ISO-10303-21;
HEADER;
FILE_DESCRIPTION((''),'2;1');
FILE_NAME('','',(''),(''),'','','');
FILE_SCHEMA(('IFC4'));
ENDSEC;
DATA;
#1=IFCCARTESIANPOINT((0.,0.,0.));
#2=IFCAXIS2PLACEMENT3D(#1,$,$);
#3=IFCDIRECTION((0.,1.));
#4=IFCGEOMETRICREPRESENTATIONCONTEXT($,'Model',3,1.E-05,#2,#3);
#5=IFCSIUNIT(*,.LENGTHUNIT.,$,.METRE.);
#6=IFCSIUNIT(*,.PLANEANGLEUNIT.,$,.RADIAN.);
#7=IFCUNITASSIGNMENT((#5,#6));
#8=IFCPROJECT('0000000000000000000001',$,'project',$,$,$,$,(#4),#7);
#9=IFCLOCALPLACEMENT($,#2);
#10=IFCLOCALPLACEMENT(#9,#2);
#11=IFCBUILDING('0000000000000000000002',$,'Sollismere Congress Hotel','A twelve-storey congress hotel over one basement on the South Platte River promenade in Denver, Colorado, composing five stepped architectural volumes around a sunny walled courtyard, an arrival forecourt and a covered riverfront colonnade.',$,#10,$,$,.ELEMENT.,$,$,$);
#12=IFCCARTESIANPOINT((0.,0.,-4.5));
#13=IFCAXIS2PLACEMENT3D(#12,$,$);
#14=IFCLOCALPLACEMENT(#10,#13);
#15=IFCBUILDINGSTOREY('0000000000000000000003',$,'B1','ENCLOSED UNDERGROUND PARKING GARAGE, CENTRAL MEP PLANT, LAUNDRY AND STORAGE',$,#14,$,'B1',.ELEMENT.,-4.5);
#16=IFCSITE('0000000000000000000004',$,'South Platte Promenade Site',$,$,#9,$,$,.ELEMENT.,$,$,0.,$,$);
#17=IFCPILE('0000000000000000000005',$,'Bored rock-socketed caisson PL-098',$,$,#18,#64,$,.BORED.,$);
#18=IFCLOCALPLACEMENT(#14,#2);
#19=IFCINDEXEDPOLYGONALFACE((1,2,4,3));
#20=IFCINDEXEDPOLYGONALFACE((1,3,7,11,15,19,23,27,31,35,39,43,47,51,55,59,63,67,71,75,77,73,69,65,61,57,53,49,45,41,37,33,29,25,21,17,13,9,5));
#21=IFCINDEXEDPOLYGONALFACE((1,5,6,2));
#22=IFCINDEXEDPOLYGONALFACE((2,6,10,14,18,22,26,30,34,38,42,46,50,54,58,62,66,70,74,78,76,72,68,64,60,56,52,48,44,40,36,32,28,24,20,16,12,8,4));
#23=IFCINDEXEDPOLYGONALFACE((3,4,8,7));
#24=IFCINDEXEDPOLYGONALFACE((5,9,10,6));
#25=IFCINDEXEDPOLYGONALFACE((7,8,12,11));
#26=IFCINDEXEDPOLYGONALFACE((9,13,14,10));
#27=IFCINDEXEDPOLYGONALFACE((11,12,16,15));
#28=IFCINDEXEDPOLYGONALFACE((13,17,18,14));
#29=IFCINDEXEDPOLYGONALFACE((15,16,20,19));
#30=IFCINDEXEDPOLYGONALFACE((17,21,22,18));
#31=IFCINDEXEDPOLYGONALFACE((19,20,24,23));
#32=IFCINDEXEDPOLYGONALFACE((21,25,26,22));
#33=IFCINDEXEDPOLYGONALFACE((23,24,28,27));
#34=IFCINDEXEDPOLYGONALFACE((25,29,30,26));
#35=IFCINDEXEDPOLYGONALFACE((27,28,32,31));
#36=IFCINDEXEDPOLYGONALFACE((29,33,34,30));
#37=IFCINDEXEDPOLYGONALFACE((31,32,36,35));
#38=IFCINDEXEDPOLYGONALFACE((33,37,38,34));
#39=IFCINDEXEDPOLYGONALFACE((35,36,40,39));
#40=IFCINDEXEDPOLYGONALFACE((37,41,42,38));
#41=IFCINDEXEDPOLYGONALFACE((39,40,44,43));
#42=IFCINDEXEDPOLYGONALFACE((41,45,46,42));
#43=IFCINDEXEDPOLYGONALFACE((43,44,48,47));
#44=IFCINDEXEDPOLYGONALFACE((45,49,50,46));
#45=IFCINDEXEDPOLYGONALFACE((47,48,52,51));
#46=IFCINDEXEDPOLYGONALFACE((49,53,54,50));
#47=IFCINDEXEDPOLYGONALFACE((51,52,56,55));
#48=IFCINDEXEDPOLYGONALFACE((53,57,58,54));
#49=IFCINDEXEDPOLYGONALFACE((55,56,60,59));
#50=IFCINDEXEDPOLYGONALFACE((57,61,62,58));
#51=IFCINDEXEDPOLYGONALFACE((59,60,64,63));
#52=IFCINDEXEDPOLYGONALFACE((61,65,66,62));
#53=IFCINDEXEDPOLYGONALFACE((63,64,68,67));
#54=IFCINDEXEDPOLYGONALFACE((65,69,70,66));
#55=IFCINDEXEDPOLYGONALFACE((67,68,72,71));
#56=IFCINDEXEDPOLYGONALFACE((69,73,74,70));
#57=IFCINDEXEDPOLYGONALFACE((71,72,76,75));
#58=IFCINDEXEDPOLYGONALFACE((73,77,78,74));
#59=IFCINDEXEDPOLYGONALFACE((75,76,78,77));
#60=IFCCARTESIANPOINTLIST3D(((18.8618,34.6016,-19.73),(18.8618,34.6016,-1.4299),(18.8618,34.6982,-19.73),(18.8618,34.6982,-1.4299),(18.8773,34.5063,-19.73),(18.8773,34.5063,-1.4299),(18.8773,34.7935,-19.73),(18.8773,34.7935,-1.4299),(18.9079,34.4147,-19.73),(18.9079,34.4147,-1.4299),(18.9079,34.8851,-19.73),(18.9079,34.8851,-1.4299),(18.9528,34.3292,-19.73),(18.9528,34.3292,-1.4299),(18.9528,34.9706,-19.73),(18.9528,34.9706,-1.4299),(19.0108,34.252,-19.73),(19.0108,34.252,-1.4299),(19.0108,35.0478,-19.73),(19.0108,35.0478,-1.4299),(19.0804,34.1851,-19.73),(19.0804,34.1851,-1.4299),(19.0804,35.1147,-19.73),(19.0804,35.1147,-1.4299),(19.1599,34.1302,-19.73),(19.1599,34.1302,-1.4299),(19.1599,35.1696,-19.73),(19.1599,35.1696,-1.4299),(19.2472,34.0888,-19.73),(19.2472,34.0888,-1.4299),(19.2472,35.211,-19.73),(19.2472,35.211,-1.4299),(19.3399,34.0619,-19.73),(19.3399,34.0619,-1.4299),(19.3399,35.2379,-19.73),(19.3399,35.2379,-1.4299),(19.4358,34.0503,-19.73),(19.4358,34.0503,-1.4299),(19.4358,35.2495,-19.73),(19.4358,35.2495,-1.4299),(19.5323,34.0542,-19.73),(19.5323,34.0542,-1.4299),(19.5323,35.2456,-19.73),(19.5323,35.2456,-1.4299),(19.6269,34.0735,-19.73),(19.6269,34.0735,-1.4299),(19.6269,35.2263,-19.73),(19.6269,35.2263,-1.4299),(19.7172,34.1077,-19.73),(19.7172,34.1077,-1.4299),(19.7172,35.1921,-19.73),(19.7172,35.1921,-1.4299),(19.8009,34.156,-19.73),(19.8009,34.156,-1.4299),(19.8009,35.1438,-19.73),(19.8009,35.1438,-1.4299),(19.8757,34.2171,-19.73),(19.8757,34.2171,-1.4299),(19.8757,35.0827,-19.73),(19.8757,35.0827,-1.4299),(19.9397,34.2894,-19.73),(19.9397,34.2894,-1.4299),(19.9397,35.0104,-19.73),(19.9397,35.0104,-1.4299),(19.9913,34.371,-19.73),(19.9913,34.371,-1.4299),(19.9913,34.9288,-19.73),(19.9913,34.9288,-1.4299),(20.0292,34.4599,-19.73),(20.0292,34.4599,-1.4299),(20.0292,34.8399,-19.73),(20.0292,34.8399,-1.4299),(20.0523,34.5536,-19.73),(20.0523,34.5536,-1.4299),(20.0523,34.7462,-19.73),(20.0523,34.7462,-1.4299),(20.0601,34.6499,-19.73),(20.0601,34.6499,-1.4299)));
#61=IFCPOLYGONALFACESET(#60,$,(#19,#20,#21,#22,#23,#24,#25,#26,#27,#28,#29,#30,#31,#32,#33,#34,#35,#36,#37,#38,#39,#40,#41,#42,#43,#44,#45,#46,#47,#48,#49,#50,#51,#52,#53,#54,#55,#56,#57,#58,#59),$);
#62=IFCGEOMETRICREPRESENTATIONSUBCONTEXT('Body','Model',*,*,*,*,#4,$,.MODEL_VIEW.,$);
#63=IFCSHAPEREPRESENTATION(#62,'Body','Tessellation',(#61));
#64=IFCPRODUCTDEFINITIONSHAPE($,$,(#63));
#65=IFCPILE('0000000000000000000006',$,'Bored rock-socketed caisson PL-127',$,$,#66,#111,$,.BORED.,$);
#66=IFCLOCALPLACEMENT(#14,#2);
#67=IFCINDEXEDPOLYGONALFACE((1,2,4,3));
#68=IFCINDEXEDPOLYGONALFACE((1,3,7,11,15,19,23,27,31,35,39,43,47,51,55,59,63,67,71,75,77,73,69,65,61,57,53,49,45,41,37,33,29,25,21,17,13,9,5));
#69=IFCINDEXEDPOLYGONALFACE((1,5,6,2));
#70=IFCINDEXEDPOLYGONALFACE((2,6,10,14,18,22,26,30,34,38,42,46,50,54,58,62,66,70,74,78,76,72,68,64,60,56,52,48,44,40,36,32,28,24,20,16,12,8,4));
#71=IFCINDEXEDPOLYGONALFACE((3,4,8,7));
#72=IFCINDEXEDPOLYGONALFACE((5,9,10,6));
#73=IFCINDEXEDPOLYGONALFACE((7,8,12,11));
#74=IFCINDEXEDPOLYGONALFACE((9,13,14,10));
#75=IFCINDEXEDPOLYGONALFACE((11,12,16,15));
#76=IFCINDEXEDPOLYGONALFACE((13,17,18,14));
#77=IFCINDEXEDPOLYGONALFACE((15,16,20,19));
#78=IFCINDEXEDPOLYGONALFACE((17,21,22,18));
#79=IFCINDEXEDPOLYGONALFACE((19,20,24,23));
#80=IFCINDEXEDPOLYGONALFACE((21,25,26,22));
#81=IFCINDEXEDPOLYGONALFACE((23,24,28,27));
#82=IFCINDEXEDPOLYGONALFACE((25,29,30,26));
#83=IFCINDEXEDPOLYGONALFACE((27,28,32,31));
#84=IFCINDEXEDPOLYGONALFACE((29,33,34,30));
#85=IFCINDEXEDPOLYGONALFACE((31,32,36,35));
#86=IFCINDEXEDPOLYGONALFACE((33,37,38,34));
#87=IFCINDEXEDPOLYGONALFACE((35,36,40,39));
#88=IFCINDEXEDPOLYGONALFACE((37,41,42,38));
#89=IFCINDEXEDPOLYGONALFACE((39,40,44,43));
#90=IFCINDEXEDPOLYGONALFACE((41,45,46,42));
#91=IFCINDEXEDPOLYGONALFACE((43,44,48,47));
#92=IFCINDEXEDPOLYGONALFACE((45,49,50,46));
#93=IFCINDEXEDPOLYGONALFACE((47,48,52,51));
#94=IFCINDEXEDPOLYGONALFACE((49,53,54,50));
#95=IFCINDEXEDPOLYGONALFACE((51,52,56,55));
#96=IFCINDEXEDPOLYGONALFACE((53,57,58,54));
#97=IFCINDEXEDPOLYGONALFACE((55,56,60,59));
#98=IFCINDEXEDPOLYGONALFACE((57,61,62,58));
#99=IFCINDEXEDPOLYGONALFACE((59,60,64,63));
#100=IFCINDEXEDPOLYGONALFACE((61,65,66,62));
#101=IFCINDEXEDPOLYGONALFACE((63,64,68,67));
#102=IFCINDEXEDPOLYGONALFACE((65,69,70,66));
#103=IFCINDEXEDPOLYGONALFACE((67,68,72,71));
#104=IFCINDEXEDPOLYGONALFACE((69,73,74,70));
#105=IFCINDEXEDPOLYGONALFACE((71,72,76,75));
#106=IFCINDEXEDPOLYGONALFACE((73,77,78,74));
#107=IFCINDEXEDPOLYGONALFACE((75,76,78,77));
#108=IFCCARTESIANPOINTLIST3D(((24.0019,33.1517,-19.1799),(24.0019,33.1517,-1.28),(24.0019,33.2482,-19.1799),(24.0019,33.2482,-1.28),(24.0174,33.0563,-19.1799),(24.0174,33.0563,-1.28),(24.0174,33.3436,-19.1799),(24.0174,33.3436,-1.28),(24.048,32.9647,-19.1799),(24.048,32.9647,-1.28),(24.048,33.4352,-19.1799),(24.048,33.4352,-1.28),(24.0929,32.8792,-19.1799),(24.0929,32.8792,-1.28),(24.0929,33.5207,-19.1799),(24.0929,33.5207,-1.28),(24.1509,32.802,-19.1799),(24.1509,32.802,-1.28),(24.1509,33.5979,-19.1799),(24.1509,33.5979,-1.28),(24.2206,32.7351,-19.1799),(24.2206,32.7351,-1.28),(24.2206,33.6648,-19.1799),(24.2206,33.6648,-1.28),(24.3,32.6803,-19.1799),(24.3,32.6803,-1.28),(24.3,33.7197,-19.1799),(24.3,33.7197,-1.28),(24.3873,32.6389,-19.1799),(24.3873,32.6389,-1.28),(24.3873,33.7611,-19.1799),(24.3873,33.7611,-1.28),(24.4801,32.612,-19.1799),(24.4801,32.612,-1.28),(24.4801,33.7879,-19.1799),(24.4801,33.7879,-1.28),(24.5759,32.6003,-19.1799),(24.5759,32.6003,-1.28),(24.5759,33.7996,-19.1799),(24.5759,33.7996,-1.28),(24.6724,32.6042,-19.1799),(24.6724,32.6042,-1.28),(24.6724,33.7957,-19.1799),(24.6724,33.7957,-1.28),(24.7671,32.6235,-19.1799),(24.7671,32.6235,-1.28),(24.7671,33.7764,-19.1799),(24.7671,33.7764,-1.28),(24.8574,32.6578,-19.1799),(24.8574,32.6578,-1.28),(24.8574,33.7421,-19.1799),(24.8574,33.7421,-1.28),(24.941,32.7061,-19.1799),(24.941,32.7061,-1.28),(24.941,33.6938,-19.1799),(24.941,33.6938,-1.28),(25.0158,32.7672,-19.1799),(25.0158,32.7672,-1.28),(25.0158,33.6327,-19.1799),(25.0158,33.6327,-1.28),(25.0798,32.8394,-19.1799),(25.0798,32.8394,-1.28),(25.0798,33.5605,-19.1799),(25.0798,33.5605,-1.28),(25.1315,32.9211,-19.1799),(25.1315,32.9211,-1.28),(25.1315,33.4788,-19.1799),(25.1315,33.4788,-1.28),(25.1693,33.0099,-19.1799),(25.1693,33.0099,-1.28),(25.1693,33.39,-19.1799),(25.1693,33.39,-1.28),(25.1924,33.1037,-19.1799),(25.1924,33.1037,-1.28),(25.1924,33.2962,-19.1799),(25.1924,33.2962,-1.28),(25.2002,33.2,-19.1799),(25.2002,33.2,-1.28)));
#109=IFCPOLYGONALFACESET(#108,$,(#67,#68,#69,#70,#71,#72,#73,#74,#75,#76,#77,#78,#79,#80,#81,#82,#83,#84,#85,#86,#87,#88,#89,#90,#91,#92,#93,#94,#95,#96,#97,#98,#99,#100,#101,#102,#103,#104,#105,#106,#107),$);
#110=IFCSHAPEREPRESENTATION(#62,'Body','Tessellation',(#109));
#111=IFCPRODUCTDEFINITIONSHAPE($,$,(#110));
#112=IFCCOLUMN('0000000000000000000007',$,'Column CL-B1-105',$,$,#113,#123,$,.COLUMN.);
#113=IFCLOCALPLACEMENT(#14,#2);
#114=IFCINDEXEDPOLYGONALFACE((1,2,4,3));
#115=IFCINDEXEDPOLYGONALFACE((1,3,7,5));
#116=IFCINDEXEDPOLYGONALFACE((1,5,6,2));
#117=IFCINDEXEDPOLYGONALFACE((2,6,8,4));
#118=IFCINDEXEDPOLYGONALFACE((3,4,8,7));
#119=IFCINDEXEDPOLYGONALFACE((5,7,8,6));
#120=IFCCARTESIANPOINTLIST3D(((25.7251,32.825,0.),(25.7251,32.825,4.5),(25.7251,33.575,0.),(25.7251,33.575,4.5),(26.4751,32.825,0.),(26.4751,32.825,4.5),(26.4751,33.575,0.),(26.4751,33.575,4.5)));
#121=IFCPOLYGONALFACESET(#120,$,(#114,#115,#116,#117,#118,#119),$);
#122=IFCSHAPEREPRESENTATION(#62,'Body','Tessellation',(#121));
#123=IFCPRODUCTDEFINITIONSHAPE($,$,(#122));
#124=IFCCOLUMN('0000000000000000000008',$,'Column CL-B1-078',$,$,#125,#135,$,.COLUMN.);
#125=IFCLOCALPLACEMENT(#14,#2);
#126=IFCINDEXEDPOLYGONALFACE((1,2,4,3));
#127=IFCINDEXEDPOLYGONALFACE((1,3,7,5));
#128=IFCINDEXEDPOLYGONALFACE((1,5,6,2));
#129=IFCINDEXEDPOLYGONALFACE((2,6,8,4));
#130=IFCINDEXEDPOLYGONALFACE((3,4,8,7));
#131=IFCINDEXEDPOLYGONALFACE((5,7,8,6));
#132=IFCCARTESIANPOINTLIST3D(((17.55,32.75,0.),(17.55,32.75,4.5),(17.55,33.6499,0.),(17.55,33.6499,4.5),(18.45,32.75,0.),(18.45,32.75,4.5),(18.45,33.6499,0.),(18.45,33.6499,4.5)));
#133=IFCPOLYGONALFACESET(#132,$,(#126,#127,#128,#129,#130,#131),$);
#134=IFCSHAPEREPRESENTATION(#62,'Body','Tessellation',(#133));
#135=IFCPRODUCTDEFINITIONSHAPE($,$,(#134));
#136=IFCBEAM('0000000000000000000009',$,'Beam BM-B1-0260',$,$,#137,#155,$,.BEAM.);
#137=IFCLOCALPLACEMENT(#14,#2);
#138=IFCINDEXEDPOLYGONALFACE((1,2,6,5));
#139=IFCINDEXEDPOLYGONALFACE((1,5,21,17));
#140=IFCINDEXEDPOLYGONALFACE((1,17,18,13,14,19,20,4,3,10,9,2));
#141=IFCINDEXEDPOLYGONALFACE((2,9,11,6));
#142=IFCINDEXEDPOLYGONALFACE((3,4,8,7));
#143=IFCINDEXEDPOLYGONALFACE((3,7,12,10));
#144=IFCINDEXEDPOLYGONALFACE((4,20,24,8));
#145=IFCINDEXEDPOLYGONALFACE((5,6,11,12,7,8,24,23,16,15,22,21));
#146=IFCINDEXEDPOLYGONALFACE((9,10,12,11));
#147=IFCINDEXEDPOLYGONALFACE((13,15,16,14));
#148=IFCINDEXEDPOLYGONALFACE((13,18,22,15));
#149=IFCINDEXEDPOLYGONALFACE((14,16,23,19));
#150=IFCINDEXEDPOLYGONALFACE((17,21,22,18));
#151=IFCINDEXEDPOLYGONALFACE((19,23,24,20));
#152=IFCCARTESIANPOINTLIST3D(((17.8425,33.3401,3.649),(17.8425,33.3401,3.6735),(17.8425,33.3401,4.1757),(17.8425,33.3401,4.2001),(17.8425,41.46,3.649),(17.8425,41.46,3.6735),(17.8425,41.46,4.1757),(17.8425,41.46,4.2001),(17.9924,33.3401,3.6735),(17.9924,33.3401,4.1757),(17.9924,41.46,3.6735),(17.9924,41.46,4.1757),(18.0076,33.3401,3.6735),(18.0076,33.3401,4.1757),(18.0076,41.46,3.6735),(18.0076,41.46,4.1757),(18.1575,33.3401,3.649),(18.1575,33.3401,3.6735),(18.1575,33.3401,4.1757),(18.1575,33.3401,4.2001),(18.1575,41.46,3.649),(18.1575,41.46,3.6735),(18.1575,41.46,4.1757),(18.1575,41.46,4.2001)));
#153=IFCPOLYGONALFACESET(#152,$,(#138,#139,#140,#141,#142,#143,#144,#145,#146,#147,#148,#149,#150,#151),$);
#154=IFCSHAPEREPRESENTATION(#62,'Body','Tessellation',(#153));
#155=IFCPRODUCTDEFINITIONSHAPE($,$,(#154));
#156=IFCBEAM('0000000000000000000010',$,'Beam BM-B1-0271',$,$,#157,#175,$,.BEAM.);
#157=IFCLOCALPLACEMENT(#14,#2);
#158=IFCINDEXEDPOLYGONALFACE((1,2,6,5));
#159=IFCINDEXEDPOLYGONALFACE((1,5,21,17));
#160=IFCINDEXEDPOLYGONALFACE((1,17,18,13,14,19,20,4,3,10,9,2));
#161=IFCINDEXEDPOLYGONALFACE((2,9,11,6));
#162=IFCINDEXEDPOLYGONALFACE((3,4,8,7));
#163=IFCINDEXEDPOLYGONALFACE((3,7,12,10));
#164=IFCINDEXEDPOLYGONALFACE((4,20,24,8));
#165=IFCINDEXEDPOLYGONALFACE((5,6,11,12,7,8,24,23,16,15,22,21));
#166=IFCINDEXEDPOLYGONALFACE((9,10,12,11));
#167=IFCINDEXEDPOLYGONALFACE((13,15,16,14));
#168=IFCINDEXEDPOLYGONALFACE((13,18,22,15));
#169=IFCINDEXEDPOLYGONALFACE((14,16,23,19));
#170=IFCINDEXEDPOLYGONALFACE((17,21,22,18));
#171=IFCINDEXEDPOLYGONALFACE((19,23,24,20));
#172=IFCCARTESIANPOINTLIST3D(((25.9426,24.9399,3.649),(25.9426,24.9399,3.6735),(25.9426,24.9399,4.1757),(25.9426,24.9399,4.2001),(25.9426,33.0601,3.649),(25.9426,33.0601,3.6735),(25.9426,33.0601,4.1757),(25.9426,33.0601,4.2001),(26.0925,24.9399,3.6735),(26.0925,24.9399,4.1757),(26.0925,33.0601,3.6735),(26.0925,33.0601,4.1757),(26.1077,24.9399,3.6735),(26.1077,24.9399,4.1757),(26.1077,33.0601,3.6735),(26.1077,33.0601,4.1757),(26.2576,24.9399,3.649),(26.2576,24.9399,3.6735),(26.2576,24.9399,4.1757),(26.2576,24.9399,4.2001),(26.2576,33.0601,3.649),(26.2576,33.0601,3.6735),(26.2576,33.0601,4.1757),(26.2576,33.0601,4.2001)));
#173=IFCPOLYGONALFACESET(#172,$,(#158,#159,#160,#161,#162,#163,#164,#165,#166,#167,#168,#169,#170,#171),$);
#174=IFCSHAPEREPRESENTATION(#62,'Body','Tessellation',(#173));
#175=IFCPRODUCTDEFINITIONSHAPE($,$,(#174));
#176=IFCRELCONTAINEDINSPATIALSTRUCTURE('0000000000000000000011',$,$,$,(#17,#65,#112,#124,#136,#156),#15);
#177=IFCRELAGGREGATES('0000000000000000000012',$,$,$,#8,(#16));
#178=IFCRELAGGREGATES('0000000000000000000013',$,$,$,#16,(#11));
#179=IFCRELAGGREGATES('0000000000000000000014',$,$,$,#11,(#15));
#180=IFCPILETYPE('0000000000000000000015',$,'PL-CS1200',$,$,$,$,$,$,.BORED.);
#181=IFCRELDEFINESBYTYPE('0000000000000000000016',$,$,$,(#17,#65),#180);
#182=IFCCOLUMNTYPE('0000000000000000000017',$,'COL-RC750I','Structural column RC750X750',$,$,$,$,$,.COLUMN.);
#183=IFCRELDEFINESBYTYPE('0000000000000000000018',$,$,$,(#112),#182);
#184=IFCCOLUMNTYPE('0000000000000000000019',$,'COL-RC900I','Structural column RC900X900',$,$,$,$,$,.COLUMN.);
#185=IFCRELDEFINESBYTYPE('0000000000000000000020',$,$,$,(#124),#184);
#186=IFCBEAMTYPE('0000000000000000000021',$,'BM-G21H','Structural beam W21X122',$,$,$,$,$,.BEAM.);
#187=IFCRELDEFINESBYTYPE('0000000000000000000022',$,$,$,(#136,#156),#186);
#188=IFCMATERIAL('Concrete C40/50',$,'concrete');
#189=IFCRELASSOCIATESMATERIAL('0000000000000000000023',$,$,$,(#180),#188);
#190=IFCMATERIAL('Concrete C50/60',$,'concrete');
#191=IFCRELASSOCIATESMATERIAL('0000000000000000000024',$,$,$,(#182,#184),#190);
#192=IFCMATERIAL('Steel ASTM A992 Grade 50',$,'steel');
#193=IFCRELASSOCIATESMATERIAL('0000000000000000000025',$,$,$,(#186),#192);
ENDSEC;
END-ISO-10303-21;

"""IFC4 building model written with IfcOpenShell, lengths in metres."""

from ifc_helpers import new_model, si_unit, direction, frame, origin, origin_2d, place, context, subcontext, project, spatial, rectangle, circle, i_section, extrude, material, material_profile, profile_set, type_object, element, save


model = new_model("IFC4")

# Units and contexts
model_context = context("Model", 3, precision=1e-05, world=origin(), true_north=direction((0.0, 1.0)))
body_context = subcontext(model_context, "Body", "Model", "MODEL_VIEW")
ifc_project = project(units=[si_unit("LENGTHUNIT", "METRE"), si_unit("PLANEANGLEUNIT", "RADIAN")], contexts=[model_context])

# Site, building, storey
site_placement = place(None, origin())
site = spatial("IfcSite", under=ifc_project, at=site_placement, Name="South Platte Promenade Site", CompositionType="ELEMENT", RefElevation=0.0)
building_placement = place(site_placement, origin())
building = spatial("IfcBuilding", under=site, at=building_placement, Name="Sollismere Congress Hotel", Description="A twelve-storey congress hotel over one basement on the South Platte River promenade in Denver, Colorado, composing five stepped architectural volumes around a sunny walled courtyard, an arrival forecourt and a covered riverfront colonnade.", CompositionType="ELEMENT")
storey_placement = place(building_placement, frame((0.0, 0.0, -4.5)))
storey = spatial("IfcBuildingStorey", under=building, at=storey_placement, Name="B1", Description="ENCLOSED UNDERGROUND PARKING GARAGE, CENTRAL MEP PLANT, LAUNDRY AND STORAGE", LongName="B1", CompositionType="ELEMENT", Elevation=-4.5)

# Shared definitions
ifc_material_1 = material(Name="Concrete C40/50", Category="concrete")

# Piles
ifc_material_profile_1 = material_profile(ifc_material_1, circle(Radius=0.6001, at=origin_2d()), Name="CAISSON1200")
ifc_profile_set_1 = profile_set([ifc_material_profile_1], Name="Concrete C40/50")
pile_type = type_object("IfcPileType", Name="PL-CS1200", PredefinedType="BORED", material=ifc_profile_set_1)
for number, where, z_axis, x_axis, name in (
    (1, (19.46, 34.6499, -1.4299), (0.0, 0.0, -1.0), (1.0, 0.0, 0.0), "Bored rock-socketed caisson PL-098"),
):
    element("IfcPile", number, at=place(storey_placement, frame(where, z_axis=z_axis, x_axis=x_axis)), inside=storey, type_object=pile_type, Name=name, PredefinedType="BORED", context=body_context, shape_type="SweptSolid", body=[
        extrude(circle(Radius=0.6001, at=origin_2d()), origin(), (0.0, 0.0, 1.0), 18.3),
    ])
pile_1_placement = place(storey_placement, frame((24.6001, 33.2, -1.28), z_axis=(0.0, 0.0, -1.0), x_axis=(1.0, 0.0, 0.0)))
element("IfcPile", 2, at=pile_1_placement, inside=storey, type_object=pile_type, Name="Bored rock-socketed caisson PL-127", PredefinedType="BORED", context=body_context, shape_type="SweptSolid", body=[
    extrude(circle(Radius=0.6001, at=origin_2d()), origin(), (0.0, 0.0, 1.0), 17.8999),
])

# Columns
ifc_material_2 = material(Name="Concrete C50/60", Category="concrete")
ifc_material_profile_2 = material_profile(ifc_material_2, rectangle(XDim=0.75, YDim=0.75, at=origin_2d()), Name="RC750X750")
ifc_profile_set_2 = profile_set([ifc_material_profile_2], Name="Concrete C50/60")
column_type_1 = type_object("IfcColumnType", Name="COL-RC750I", Description="Structural column RC750X750", PredefinedType="COLUMN", material=ifc_profile_set_2)
column_1_placement = place(storey_placement, frame((26.1001, 33.2, 0.0), z_axis=(0.0, 0.0, 1.0), x_axis=(1.0, 0.0, 0.0)))
element("IfcColumn", 3, at=column_1_placement, inside=storey, type_object=column_type_1, Name="Column CL-B1-105", PredefinedType="COLUMN", context=body_context, shape_type="SweptSolid", body=[
    extrude(rectangle(XDim=0.75, YDim=0.75, at=origin_2d()), origin(), (0.0, 0.0, 1.0), 4.5),
])
ifc_material_profile_3 = material_profile(ifc_material_2, rectangle(XDim=0.8999, YDim=0.8999, at=origin_2d()), Name="RC900X900")
ifc_profile_set_3 = profile_set([ifc_material_profile_3], Name="Concrete C50/60")
column_type_2 = type_object("IfcColumnType", Name="COL-RC900I", Description="Structural column RC900X900", PredefinedType="COLUMN", material=ifc_profile_set_3)
column_2_placement = place(storey_placement, frame((18.0, 33.2, 0.0), z_axis=(0.0, 0.0, 1.0), x_axis=(1.0, 0.0, 0.0)))
element("IfcColumn", 4, at=column_2_placement, inside=storey, type_object=column_type_2, Name="Column CL-B1-078", PredefinedType="COLUMN", context=body_context, shape_type="SweptSolid", body=[
    extrude(rectangle(XDim=0.8999, YDim=0.8999, at=origin_2d()), origin(), (0.0, 0.0, 1.0), 4.5),
])

# Beams
ifc_material_3 = material(Name="Steel ASTM A992 Grade 50", Category="steel")
ifc_material_profile_4 = material_profile(ifc_material_3, i_section(OverallWidth=0.3149, OverallDepth=0.551, WebThickness=0.0151, FlangeThickness=0.0244, at=origin_2d()), Name="W21X122")
ifc_profile_set_4 = profile_set([ifc_material_profile_4], Name="Steel ASTM A992 Grade 50")
beam_type_1 = type_object("IfcBeamType", Name="BM-G21H", Description="Structural beam W21X122", PredefinedType="BEAM", material=ifc_profile_set_4)
beam_1_placement = place(storey_placement, frame((18.0, 33.3401, 3.9246), z_axis=(0.0, 1.0, 0.0), x_axis=(-1.0, 0.0, 0.0)))
element("IfcBeam", 5, at=beam_1_placement, inside=storey, type_object=beam_type_1, Name="Beam BM-B1-0260", PredefinedType="BEAM", context=body_context, shape_type="SweptSolid", body=[
    extrude(i_section(OverallWidth=0.3149, OverallDepth=0.551, WebThickness=0.0151, FlangeThickness=0.0244, at=origin_2d()), origin(), (0.0, 0.0, 1.0), 8.1199),
])
beam_2_placement = place(storey_placement, frame((26.1001, 24.9399, 3.9246), z_axis=(0.0, 1.0, 0.0), x_axis=(-1.0, 0.0, 0.0)))
element("IfcBeam", 6, at=beam_2_placement, inside=storey, type_object=beam_type_1, Name="Beam BM-B1-0271", PredefinedType="BEAM", context=body_context, shape_type="SweptSolid", body=[
    extrude(i_section(OverallWidth=0.3149, OverallDepth=0.551, WebThickness=0.0151, FlangeThickness=0.0244, at=origin_2d()), origin(), (0.0, 0.0, 1.0), 8.1201),
])

save(model, "model.ifc")
